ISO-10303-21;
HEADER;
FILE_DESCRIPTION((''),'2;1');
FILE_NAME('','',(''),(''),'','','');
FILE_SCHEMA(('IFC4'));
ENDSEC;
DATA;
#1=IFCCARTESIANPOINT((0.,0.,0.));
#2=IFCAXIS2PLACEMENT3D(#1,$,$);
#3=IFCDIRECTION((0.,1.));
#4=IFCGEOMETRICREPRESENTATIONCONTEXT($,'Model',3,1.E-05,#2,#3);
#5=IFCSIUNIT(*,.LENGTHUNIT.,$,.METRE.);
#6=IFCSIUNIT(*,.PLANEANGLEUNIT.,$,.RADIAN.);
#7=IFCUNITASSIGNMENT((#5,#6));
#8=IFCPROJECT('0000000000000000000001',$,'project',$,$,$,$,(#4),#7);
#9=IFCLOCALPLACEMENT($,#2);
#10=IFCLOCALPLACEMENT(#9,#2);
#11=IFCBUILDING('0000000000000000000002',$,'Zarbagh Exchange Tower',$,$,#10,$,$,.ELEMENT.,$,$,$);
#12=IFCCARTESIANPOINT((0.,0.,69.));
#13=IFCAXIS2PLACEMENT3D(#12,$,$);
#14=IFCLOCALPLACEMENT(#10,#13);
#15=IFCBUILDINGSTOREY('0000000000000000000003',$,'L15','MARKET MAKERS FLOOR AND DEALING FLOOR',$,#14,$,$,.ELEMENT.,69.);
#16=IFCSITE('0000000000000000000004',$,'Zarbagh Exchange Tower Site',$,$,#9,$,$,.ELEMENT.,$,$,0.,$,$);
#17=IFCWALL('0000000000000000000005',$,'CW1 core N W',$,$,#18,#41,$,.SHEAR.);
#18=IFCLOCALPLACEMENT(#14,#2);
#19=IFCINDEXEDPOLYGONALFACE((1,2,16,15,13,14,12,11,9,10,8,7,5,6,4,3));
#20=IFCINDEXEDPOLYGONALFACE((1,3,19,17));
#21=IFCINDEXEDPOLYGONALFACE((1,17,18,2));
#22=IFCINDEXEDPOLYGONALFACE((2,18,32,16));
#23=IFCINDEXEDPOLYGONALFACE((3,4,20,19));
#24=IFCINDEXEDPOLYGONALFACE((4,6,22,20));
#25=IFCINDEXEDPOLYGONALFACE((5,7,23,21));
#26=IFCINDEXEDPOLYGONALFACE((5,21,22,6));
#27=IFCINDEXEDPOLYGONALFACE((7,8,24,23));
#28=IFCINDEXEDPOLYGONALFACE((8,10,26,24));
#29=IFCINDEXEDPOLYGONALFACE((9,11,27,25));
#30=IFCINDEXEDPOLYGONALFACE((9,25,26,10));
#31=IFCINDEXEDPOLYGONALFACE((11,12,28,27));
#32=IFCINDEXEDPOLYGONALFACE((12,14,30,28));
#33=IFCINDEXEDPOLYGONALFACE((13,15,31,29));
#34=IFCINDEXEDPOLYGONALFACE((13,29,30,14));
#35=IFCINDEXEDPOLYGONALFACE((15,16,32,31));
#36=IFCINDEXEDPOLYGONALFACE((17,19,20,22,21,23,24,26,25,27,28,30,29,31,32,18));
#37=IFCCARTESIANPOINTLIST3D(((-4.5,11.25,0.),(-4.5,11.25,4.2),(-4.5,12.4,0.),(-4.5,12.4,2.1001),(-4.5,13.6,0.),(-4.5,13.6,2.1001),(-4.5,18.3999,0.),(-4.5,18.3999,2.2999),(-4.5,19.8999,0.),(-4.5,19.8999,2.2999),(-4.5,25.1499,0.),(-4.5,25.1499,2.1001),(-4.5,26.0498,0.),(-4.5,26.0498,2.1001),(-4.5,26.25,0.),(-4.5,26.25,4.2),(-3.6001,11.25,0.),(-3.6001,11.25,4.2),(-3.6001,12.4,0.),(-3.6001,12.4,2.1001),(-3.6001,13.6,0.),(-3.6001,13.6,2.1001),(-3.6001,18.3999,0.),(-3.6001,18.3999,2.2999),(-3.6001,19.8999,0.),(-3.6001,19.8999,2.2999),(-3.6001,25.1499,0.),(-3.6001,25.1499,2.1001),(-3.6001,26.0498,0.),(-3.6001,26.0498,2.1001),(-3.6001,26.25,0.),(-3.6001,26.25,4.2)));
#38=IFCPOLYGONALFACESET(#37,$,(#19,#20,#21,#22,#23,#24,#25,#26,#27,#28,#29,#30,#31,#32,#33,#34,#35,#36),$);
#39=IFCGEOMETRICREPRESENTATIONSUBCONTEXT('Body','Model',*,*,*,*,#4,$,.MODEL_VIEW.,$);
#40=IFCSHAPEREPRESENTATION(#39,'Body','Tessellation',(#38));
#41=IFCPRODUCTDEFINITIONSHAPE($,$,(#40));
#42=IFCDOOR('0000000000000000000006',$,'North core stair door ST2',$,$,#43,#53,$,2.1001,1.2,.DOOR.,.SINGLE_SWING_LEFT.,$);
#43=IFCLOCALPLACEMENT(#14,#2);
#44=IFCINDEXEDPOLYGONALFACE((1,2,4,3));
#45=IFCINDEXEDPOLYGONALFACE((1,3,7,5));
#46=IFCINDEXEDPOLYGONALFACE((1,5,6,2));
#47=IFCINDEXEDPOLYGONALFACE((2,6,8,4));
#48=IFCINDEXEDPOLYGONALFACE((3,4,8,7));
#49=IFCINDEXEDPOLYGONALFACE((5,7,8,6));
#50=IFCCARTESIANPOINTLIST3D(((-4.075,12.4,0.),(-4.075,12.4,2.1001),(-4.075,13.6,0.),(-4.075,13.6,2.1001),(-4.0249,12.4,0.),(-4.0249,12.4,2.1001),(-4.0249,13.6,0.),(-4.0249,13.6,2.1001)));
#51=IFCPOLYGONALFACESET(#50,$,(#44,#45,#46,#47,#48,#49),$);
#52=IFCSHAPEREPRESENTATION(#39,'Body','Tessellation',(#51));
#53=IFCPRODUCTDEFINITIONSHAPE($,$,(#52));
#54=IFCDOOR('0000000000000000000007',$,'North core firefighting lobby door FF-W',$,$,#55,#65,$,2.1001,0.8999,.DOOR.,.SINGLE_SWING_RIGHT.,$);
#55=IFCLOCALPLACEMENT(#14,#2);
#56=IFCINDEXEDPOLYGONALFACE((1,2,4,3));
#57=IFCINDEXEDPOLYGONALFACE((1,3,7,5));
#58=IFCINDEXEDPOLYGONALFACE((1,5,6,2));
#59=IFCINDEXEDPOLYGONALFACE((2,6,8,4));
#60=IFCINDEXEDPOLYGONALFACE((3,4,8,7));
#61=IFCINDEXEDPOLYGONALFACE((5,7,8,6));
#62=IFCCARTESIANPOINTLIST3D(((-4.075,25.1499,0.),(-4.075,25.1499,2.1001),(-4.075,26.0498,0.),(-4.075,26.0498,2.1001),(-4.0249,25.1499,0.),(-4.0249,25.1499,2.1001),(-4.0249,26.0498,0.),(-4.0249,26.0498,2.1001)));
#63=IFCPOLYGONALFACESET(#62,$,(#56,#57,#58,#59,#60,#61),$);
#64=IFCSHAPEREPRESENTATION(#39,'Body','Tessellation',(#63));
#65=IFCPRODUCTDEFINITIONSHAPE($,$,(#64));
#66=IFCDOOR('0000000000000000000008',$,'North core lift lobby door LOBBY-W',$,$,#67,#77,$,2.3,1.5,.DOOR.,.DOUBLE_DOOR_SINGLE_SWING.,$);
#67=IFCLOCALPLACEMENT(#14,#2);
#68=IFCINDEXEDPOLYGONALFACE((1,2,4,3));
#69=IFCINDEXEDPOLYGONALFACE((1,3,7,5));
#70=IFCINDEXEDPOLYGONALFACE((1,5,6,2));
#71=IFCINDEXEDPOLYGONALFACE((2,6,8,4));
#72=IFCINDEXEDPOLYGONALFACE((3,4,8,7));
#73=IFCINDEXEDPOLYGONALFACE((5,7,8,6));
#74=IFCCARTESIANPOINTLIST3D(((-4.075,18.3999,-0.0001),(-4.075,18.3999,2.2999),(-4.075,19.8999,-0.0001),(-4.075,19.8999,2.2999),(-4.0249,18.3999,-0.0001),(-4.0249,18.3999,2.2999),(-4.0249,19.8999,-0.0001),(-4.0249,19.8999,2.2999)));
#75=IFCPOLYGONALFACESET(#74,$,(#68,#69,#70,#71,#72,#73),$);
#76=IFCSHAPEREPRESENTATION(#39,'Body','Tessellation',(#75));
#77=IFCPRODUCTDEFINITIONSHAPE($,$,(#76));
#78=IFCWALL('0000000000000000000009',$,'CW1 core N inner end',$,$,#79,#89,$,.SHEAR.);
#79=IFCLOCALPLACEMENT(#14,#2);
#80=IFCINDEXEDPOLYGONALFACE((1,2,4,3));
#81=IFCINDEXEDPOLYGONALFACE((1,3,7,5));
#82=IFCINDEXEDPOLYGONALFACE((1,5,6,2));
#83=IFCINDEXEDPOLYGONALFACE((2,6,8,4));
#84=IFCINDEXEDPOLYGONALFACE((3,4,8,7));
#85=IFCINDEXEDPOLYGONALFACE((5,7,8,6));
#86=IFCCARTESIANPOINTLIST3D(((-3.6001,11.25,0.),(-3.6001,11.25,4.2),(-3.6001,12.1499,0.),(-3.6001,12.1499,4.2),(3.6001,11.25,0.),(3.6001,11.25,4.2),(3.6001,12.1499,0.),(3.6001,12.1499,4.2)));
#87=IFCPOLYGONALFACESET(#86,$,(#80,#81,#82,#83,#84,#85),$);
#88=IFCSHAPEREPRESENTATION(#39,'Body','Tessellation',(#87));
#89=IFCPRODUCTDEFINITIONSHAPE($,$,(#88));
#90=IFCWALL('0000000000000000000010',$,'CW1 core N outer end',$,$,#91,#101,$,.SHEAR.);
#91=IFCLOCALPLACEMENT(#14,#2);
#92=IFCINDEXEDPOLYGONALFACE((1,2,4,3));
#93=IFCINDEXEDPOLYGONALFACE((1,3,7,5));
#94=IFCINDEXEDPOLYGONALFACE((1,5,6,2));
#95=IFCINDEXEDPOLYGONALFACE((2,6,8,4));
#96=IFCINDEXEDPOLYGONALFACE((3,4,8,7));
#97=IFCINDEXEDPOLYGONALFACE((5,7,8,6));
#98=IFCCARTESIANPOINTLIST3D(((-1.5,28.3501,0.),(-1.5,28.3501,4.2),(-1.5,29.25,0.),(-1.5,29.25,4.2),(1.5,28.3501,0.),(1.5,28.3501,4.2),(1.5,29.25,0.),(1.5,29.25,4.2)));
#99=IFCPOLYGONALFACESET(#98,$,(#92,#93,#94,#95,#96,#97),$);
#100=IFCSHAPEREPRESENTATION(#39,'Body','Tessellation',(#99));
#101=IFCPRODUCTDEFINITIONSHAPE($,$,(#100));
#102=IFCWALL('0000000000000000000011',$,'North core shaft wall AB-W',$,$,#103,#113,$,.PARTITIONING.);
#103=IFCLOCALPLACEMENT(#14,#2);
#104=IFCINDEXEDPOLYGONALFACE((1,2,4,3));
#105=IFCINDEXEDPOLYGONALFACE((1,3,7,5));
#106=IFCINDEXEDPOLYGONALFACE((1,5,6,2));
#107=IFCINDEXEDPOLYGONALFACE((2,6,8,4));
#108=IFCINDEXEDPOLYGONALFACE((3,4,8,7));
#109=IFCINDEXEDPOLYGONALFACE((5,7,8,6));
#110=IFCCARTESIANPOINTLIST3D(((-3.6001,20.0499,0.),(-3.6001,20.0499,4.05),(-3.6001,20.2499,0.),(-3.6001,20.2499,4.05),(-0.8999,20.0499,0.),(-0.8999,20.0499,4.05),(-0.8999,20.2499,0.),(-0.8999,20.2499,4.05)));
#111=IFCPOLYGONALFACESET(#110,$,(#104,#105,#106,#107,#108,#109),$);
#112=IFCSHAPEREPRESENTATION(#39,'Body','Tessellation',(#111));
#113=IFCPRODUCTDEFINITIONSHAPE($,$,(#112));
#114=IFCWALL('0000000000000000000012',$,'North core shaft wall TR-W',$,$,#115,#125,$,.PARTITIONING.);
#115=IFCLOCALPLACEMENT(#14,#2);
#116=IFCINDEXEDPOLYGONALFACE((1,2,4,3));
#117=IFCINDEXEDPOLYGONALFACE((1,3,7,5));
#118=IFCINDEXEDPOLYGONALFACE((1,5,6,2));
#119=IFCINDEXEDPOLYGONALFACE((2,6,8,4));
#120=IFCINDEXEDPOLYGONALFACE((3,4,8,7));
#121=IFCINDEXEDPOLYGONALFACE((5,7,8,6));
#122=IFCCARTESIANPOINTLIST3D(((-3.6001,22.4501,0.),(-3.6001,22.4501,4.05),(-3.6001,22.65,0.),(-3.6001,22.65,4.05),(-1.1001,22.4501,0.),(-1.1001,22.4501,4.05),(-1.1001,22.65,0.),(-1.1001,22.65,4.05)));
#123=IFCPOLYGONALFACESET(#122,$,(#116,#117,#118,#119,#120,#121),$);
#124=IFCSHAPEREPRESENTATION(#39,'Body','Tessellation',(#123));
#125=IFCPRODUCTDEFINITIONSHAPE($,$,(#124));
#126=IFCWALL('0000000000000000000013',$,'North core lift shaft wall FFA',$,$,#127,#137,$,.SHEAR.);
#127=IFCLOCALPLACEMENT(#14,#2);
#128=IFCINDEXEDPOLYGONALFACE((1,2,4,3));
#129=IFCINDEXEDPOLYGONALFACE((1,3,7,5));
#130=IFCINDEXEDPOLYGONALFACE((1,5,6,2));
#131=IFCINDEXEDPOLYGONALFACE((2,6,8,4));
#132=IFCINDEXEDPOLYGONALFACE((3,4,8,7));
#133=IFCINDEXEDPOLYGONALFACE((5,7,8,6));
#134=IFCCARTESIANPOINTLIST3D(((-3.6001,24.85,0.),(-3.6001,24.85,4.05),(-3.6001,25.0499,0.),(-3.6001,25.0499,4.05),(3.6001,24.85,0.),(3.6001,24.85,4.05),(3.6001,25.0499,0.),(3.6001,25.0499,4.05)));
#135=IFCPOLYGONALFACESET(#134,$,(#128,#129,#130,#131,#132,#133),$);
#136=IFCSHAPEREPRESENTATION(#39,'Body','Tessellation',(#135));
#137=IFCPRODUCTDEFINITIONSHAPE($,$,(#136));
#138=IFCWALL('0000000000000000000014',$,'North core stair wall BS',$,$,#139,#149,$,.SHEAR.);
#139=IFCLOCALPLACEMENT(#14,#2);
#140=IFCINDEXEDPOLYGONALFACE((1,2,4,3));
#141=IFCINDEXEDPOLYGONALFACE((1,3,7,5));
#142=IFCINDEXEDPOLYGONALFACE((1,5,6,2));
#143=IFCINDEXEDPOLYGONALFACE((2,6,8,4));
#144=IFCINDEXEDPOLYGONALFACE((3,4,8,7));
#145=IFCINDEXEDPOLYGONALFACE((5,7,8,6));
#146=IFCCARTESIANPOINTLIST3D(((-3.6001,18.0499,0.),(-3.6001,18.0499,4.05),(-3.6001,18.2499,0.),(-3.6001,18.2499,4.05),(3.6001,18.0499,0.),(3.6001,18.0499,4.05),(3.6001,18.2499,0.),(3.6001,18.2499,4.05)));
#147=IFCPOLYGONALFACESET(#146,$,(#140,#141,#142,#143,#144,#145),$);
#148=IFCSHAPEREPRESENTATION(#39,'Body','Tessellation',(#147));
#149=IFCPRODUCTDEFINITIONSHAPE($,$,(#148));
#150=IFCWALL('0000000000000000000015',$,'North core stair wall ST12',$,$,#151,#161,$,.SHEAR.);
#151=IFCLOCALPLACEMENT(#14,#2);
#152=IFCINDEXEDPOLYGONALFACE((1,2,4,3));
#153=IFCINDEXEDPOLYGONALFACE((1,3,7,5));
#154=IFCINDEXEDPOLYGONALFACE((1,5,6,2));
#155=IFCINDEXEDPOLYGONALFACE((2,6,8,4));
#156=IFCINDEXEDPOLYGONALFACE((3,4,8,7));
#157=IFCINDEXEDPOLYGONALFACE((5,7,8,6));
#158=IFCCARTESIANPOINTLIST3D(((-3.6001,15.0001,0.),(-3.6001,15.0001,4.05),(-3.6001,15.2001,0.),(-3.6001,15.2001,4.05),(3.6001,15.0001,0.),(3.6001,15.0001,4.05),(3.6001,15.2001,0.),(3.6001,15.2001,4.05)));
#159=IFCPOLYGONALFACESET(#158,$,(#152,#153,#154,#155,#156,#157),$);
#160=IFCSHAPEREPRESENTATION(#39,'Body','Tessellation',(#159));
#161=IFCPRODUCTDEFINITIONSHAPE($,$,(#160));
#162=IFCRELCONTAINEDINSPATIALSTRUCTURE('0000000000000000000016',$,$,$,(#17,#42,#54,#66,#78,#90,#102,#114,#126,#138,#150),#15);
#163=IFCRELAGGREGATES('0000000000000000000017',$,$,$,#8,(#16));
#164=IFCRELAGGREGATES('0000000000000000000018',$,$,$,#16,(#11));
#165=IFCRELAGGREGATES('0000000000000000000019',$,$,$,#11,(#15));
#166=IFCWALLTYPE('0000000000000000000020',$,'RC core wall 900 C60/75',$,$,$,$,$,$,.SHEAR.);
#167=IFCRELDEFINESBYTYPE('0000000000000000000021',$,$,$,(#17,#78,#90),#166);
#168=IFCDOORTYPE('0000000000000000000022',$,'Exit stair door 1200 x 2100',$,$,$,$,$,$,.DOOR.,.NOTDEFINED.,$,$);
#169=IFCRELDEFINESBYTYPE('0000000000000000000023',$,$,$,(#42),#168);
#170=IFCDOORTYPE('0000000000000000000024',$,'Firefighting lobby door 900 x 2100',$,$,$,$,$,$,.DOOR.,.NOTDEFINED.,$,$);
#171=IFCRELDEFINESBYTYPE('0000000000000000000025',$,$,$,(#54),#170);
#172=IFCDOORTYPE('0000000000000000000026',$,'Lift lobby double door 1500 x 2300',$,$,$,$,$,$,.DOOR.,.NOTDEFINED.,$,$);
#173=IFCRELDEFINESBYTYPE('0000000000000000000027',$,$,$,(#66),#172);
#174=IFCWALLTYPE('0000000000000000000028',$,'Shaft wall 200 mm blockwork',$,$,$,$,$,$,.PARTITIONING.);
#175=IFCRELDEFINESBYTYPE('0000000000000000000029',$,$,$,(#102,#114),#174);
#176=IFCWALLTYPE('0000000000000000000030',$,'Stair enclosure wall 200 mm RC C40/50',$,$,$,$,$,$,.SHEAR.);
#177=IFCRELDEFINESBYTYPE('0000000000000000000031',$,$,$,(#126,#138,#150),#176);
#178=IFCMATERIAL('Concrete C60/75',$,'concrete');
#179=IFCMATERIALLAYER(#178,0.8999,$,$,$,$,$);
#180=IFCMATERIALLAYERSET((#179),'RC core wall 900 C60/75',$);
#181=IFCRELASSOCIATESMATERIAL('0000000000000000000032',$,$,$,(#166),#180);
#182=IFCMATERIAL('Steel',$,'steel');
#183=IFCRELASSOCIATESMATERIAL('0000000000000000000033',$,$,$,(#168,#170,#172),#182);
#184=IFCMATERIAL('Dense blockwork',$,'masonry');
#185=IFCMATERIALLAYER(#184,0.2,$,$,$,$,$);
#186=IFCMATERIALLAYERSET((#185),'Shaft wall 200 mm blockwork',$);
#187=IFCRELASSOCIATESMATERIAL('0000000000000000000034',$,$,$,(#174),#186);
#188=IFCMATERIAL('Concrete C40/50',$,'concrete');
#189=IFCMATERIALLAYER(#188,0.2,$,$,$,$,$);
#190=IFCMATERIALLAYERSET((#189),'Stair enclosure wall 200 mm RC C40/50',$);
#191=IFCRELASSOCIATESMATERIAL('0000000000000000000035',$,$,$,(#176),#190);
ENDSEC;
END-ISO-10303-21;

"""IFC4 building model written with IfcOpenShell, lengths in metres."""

from ifc_helpers import new_model, si_unit, direction, frame, frame_2d, origin, place, context, subcontext, project, spatial, rectangle, extrude, material, layer, layer_set, type_object, element, fill, save


model = new_model("IFC4")

# Units and contexts
model_context = context("Model", 3, precision=1e-05, world=origin(), true_north=direction((0.0, 1.0)))
body_context = subcontext(model_context, "Body", "Model", "MODEL_VIEW")
ifc_project = project(units=[si_unit("LENGTHUNIT", "METRE"), si_unit("PLANEANGLEUNIT", "RADIAN")], contexts=[model_context])

# Site, building, storey
site_placement = place(None, origin())
site = spatial("IfcSite", under=ifc_project, at=site_placement, Name="Zarbagh Exchange Tower Site", CompositionType="ELEMENT", RefElevation=0.0)
building_placement = place(site_placement, origin())
building = spatial("IfcBuilding", under=site, at=building_placement, Name="Zarbagh Exchange Tower", CompositionType="ELEMENT")
storey_placement = place(building_placement, frame((0.0, 0.0, 69.0)))
storey = spatial("IfcBuildingStorey", under=building, at=storey_placement, Name="L15", Description="MARKET MAKERS FLOOR AND DEALING FLOOR", CompositionType="ELEMENT", Elevation=69.0)

# Shared definitions
ifc_material_1 = material(Name="Concrete C60/75", Category="concrete")

# Wall, openings, doors
ifc_layer_1 = layer(ifc_material_1, 0.8999)
ifc_layer_set_1 = layer_set([ifc_layer_1], Name="RC core wall 900 C60/75")
wall_type_1 = type_object("IfcWallType", Name="RC core wall 900 C60/75", PredefinedType="SHEAR", material=ifc_layer_set_1)
wall_1_placement = place(storey_placement, frame((-4.05, 11.25, 0.0), z_axis=(0.0, 0.0, 1.0), x_axis=(0.0, 1.0, 0.0)))
wall_1 = element("IfcWall", 1, at=wall_1_placement, inside=storey, type_object=wall_type_1, Name="CW1 core N W", PredefinedType="SHEAR", context=body_context, shape_type="SweptSolid", body=[
    extrude(rectangle(XDim=15.0, YDim=0.8999, at=frame_2d((7.5, 0.0))), origin(), (0.0, 0.0, 1.0), 4.2),
])
opening_1_placement = place(wall_1_placement, frame((7.1499, 0.0, 0.0)))
opening_1 = element("IfcOpeningElement", 2, at=opening_1_placement, cuts=wall_1, PredefinedType="OPENING", context=body_context, shape_type="SweptSolid", body=[
    extrude(rectangle(XDim=1.5, YDim=2.3, at=frame_2d((0.75, 1.1499))), frame((0.0, 0.46, 0.0), z_axis=(0.0, -1.0, 0.0), x_axis=(1.0, 0.0, 0.0)), (0.0, 0.0, 1.0), 0.9199),
])
opening_2_placement = place(wall_1_placement, frame((13.8999, 0.0, 0.0)))
opening_2 = element("IfcOpeningElement", 3, at=opening_2_placement, cuts=wall_1, PredefinedType="OPENING", context=body_context, shape_type="SweptSolid", body=[
    extrude(rectangle(XDim=0.8999, YDim=2.1001, at=frame_2d((0.45, 1.05))), frame((0.0, 0.46, 0.0), z_axis=(0.0, -1.0, 0.0), x_axis=(1.0, 0.0, 0.0)), (0.0, 0.0, 1.0), 0.9199),
])
opening_3_placement = place(wall_1_placement, frame((1.1499, 0.0, 0.0)))
opening_3 = element("IfcOpeningElement", 4, at=opening_3_placement, cuts=wall_1, PredefinedType="OPENING", context=body_context, shape_type="SweptSolid", body=[
    extrude(rectangle(XDim=1.2, YDim=2.1001, at=frame_2d((0.6001, 1.05))), frame((0.0, 0.46, 0.0), z_axis=(0.0, -1.0, 0.0), x_axis=(1.0, 0.0, 0.0)), (0.0, 0.0, 1.0), 0.9199),
])
ifc_material_2 = material(Name="Steel", Category="steel")
door_type_1 = type_object("IfcDoorType", Name="Exit stair door 1200 x 2100", OperationType="NOTDEFINED", PredefinedType="DOOR", material=ifc_material_2)
door_1_placement = place(opening_3_placement, origin())
door_1 = element("IfcDoor", 5, at=door_1_placement, inside=storey, type_object=door_type_1, Name="North core stair door ST2", OperationType="SINGLE_SWING_LEFT", OverallHeight=2.1001, OverallWidth=1.2, PredefinedType="DOOR", context=body_context, shape_type="SweptSolid", body=[
    extrude(rectangle(XDim=1.2, YDim=2.1001, at=frame_2d((0.6001, 1.05))), frame((0.0, 0.0249, 0.0), z_axis=(0.0, -1.0, 0.0), x_axis=(1.0, 0.0, 0.0)), (0.0, 0.0, 1.0), 0.05),
])
fill(opening_3, door_1)
door_type_2 = type_object("IfcDoorType", Name="Firefighting lobby door 900 x 2100", OperationType="NOTDEFINED", PredefinedType="DOOR", material=ifc_material_2)
door_2_placement = place(opening_2_placement, origin())
door_2 = element("IfcDoor", 6, at=door_2_placement, inside=storey, type_object=door_type_2, Name="North core firefighting lobby door FF-W", OperationType="SINGLE_SWING_RIGHT", OverallHeight=2.1001, OverallWidth=0.8999, PredefinedType="DOOR", context=body_context, shape_type="SweptSolid", body=[
    extrude(rectangle(XDim=0.8999, YDim=2.1001, at=frame_2d((0.45, 1.05))), frame((0.0, 0.0249, 0.0), z_axis=(0.0, -1.0, 0.0), x_axis=(1.0, 0.0, 0.0)), (0.0, 0.0, 1.0), 0.05),
])
fill(opening_2, door_2)
door_type_3 = type_object("IfcDoorType", Name="Lift lobby double door 1500 x 2300", OperationType="NOTDEFINED", PredefinedType="DOOR", material=ifc_material_2)
door_3_placement = place(opening_1_placement, origin())
door_3 = element("IfcDoor", 7, at=door_3_placement, inside=storey, type_object=door_type_3, Name="North core lift lobby door LOBBY-W", OperationType="DOUBLE_DOOR_SINGLE_SWING", OverallHeight=2.3, OverallWidth=1.5, PredefinedType="DOOR", context=body_context, shape_type="SweptSolid", body=[
    extrude(rectangle(XDim=1.5, YDim=2.3, at=frame_2d((0.75, 1.1499))), frame((0.0, 0.0249, 0.0), z_axis=(0.0, -1.0, 0.0), x_axis=(1.0, 0.0, 0.0)), (0.0, 0.0, 1.0), 0.05),
])
fill(opening_1, door_3)

# Walls
wall_2_placement = place(storey_placement, frame((-3.6001, 11.7, 0.0), z_axis=(0.0, 0.0, 1.0), x_axis=(1.0, 0.0, 0.0)))
element("IfcWall", 8, at=wall_2_placement, inside=storey, type_object=wall_type_1, Name="CW1 core N inner end", PredefinedType="SHEAR", context=body_context, shape_type="SweptSolid", body=[
    extrude(rectangle(XDim=7.2002, YDim=0.8999, at=frame_2d((3.6001, 0.0))), origin(), (0.0, 0.0, 1.0), 4.2),
])
wall_3_placement = place(storey_placement, frame((-1.5, 28.8, 0.0), z_axis=(0.0, 0.0, 1.0), x_axis=(1.0, 0.0, 0.0)))
element("IfcWall", 9, at=wall_3_placement, inside=storey, type_object=wall_type_1, Name="CW1 core N outer end", PredefinedType="SHEAR", context=body_context, shape_type="SweptSolid", body=[
    extrude(rectangle(XDim=3.0, YDim=0.8999, at=frame_2d((1.5, 0.0))), origin(), (0.0, 0.0, 1.0), 4.2),
])
ifc_material_3 = material(Name="Dense blockwork", Category="masonry")
ifc_layer_2 = layer(ifc_material_3, 0.2)
ifc_layer_set_2 = layer_set([ifc_layer_2], Name="Shaft wall 200 mm blockwork")
wall_type_2 = type_object("IfcWallType", Name="Shaft wall 200 mm blockwork", PredefinedType="PARTITIONING", material=ifc_layer_set_2)
wall_4_placement = place(storey_placement, frame((-3.6001, 20.1499, 0.0), z_axis=(0.0, 0.0, 1.0), x_axis=(1.0, 0.0, 0.0)))
element("IfcWall", 10, at=wall_4_placement, inside=storey, type_object=wall_type_2, Name="North core shaft wall AB-W", PredefinedType="PARTITIONING", context=body_context, shape_type="SweptSolid", body=[
    extrude(rectangle(XDim=2.7002, YDim=0.2, at=frame_2d((1.3501, 0.0))), origin(), (0.0, 0.0, 1.0), 4.05),
])
wall_5_placement = place(storey_placement, frame((-3.6001, 22.55, 0.0), z_axis=(0.0, 0.0, 1.0), x_axis=(1.0, 0.0, 0.0)))
element("IfcWall", 11, at=wall_5_placement, inside=storey, type_object=wall_type_2, Name="North core shaft wall TR-W", PredefinedType="PARTITIONING", context=body_context, shape_type="SweptSolid", body=[
    extrude(rectangle(XDim=2.5, YDim=0.2, at=frame_2d((1.25, 0.0))), origin(), (0.0, 0.0, 1.0), 4.05),
])
ifc_material_4 = material(Name="Concrete C40/50", Category="concrete")
ifc_layer_3 = layer(ifc_material_4, 0.2)
ifc_layer_set_3 = layer_set([ifc_layer_3], Name="Stair enclosure wall 200 mm RC C40/50")
wall_type_3 = type_object("IfcWallType", Name="Stair enclosure wall 200 mm RC C40/50", PredefinedType="SHEAR", material=ifc_layer_set_3)
for number, where, z_axis, x_axis, name in (
    (12, (-3.6001, 24.95, 0.0), (0.0, 0.0, 1.0), (1.0, 0.0, 0.0), "North core lift shaft wall FFA"),
    (13, (-3.6001, 18.1499, 0.0), (0.0, 0.0, 1.0), (1.0, 0.0, 0.0), "North core stair wall BS"),
    (14, (-3.6001, 15.1001, 0.0), (0.0, 0.0, 1.0), (1.0, 0.0, 0.0), "North core stair wall ST12"),
):
    element("IfcWall", number, at=place(storey_placement, frame(where, z_axis=z_axis, x_axis=x_axis)), inside=storey, type_object=wall_type_3, Name=name, PredefinedType="SHEAR", context=body_context, shape_type="SweptSolid", body=[
        extrude(rectangle(XDim=7.2002, YDim=0.2, at=frame_2d((3.6001, 0.0))), origin(), (0.0, 0.0, 1.0), 4.05),
    ])

save(model, "model.ifc")
